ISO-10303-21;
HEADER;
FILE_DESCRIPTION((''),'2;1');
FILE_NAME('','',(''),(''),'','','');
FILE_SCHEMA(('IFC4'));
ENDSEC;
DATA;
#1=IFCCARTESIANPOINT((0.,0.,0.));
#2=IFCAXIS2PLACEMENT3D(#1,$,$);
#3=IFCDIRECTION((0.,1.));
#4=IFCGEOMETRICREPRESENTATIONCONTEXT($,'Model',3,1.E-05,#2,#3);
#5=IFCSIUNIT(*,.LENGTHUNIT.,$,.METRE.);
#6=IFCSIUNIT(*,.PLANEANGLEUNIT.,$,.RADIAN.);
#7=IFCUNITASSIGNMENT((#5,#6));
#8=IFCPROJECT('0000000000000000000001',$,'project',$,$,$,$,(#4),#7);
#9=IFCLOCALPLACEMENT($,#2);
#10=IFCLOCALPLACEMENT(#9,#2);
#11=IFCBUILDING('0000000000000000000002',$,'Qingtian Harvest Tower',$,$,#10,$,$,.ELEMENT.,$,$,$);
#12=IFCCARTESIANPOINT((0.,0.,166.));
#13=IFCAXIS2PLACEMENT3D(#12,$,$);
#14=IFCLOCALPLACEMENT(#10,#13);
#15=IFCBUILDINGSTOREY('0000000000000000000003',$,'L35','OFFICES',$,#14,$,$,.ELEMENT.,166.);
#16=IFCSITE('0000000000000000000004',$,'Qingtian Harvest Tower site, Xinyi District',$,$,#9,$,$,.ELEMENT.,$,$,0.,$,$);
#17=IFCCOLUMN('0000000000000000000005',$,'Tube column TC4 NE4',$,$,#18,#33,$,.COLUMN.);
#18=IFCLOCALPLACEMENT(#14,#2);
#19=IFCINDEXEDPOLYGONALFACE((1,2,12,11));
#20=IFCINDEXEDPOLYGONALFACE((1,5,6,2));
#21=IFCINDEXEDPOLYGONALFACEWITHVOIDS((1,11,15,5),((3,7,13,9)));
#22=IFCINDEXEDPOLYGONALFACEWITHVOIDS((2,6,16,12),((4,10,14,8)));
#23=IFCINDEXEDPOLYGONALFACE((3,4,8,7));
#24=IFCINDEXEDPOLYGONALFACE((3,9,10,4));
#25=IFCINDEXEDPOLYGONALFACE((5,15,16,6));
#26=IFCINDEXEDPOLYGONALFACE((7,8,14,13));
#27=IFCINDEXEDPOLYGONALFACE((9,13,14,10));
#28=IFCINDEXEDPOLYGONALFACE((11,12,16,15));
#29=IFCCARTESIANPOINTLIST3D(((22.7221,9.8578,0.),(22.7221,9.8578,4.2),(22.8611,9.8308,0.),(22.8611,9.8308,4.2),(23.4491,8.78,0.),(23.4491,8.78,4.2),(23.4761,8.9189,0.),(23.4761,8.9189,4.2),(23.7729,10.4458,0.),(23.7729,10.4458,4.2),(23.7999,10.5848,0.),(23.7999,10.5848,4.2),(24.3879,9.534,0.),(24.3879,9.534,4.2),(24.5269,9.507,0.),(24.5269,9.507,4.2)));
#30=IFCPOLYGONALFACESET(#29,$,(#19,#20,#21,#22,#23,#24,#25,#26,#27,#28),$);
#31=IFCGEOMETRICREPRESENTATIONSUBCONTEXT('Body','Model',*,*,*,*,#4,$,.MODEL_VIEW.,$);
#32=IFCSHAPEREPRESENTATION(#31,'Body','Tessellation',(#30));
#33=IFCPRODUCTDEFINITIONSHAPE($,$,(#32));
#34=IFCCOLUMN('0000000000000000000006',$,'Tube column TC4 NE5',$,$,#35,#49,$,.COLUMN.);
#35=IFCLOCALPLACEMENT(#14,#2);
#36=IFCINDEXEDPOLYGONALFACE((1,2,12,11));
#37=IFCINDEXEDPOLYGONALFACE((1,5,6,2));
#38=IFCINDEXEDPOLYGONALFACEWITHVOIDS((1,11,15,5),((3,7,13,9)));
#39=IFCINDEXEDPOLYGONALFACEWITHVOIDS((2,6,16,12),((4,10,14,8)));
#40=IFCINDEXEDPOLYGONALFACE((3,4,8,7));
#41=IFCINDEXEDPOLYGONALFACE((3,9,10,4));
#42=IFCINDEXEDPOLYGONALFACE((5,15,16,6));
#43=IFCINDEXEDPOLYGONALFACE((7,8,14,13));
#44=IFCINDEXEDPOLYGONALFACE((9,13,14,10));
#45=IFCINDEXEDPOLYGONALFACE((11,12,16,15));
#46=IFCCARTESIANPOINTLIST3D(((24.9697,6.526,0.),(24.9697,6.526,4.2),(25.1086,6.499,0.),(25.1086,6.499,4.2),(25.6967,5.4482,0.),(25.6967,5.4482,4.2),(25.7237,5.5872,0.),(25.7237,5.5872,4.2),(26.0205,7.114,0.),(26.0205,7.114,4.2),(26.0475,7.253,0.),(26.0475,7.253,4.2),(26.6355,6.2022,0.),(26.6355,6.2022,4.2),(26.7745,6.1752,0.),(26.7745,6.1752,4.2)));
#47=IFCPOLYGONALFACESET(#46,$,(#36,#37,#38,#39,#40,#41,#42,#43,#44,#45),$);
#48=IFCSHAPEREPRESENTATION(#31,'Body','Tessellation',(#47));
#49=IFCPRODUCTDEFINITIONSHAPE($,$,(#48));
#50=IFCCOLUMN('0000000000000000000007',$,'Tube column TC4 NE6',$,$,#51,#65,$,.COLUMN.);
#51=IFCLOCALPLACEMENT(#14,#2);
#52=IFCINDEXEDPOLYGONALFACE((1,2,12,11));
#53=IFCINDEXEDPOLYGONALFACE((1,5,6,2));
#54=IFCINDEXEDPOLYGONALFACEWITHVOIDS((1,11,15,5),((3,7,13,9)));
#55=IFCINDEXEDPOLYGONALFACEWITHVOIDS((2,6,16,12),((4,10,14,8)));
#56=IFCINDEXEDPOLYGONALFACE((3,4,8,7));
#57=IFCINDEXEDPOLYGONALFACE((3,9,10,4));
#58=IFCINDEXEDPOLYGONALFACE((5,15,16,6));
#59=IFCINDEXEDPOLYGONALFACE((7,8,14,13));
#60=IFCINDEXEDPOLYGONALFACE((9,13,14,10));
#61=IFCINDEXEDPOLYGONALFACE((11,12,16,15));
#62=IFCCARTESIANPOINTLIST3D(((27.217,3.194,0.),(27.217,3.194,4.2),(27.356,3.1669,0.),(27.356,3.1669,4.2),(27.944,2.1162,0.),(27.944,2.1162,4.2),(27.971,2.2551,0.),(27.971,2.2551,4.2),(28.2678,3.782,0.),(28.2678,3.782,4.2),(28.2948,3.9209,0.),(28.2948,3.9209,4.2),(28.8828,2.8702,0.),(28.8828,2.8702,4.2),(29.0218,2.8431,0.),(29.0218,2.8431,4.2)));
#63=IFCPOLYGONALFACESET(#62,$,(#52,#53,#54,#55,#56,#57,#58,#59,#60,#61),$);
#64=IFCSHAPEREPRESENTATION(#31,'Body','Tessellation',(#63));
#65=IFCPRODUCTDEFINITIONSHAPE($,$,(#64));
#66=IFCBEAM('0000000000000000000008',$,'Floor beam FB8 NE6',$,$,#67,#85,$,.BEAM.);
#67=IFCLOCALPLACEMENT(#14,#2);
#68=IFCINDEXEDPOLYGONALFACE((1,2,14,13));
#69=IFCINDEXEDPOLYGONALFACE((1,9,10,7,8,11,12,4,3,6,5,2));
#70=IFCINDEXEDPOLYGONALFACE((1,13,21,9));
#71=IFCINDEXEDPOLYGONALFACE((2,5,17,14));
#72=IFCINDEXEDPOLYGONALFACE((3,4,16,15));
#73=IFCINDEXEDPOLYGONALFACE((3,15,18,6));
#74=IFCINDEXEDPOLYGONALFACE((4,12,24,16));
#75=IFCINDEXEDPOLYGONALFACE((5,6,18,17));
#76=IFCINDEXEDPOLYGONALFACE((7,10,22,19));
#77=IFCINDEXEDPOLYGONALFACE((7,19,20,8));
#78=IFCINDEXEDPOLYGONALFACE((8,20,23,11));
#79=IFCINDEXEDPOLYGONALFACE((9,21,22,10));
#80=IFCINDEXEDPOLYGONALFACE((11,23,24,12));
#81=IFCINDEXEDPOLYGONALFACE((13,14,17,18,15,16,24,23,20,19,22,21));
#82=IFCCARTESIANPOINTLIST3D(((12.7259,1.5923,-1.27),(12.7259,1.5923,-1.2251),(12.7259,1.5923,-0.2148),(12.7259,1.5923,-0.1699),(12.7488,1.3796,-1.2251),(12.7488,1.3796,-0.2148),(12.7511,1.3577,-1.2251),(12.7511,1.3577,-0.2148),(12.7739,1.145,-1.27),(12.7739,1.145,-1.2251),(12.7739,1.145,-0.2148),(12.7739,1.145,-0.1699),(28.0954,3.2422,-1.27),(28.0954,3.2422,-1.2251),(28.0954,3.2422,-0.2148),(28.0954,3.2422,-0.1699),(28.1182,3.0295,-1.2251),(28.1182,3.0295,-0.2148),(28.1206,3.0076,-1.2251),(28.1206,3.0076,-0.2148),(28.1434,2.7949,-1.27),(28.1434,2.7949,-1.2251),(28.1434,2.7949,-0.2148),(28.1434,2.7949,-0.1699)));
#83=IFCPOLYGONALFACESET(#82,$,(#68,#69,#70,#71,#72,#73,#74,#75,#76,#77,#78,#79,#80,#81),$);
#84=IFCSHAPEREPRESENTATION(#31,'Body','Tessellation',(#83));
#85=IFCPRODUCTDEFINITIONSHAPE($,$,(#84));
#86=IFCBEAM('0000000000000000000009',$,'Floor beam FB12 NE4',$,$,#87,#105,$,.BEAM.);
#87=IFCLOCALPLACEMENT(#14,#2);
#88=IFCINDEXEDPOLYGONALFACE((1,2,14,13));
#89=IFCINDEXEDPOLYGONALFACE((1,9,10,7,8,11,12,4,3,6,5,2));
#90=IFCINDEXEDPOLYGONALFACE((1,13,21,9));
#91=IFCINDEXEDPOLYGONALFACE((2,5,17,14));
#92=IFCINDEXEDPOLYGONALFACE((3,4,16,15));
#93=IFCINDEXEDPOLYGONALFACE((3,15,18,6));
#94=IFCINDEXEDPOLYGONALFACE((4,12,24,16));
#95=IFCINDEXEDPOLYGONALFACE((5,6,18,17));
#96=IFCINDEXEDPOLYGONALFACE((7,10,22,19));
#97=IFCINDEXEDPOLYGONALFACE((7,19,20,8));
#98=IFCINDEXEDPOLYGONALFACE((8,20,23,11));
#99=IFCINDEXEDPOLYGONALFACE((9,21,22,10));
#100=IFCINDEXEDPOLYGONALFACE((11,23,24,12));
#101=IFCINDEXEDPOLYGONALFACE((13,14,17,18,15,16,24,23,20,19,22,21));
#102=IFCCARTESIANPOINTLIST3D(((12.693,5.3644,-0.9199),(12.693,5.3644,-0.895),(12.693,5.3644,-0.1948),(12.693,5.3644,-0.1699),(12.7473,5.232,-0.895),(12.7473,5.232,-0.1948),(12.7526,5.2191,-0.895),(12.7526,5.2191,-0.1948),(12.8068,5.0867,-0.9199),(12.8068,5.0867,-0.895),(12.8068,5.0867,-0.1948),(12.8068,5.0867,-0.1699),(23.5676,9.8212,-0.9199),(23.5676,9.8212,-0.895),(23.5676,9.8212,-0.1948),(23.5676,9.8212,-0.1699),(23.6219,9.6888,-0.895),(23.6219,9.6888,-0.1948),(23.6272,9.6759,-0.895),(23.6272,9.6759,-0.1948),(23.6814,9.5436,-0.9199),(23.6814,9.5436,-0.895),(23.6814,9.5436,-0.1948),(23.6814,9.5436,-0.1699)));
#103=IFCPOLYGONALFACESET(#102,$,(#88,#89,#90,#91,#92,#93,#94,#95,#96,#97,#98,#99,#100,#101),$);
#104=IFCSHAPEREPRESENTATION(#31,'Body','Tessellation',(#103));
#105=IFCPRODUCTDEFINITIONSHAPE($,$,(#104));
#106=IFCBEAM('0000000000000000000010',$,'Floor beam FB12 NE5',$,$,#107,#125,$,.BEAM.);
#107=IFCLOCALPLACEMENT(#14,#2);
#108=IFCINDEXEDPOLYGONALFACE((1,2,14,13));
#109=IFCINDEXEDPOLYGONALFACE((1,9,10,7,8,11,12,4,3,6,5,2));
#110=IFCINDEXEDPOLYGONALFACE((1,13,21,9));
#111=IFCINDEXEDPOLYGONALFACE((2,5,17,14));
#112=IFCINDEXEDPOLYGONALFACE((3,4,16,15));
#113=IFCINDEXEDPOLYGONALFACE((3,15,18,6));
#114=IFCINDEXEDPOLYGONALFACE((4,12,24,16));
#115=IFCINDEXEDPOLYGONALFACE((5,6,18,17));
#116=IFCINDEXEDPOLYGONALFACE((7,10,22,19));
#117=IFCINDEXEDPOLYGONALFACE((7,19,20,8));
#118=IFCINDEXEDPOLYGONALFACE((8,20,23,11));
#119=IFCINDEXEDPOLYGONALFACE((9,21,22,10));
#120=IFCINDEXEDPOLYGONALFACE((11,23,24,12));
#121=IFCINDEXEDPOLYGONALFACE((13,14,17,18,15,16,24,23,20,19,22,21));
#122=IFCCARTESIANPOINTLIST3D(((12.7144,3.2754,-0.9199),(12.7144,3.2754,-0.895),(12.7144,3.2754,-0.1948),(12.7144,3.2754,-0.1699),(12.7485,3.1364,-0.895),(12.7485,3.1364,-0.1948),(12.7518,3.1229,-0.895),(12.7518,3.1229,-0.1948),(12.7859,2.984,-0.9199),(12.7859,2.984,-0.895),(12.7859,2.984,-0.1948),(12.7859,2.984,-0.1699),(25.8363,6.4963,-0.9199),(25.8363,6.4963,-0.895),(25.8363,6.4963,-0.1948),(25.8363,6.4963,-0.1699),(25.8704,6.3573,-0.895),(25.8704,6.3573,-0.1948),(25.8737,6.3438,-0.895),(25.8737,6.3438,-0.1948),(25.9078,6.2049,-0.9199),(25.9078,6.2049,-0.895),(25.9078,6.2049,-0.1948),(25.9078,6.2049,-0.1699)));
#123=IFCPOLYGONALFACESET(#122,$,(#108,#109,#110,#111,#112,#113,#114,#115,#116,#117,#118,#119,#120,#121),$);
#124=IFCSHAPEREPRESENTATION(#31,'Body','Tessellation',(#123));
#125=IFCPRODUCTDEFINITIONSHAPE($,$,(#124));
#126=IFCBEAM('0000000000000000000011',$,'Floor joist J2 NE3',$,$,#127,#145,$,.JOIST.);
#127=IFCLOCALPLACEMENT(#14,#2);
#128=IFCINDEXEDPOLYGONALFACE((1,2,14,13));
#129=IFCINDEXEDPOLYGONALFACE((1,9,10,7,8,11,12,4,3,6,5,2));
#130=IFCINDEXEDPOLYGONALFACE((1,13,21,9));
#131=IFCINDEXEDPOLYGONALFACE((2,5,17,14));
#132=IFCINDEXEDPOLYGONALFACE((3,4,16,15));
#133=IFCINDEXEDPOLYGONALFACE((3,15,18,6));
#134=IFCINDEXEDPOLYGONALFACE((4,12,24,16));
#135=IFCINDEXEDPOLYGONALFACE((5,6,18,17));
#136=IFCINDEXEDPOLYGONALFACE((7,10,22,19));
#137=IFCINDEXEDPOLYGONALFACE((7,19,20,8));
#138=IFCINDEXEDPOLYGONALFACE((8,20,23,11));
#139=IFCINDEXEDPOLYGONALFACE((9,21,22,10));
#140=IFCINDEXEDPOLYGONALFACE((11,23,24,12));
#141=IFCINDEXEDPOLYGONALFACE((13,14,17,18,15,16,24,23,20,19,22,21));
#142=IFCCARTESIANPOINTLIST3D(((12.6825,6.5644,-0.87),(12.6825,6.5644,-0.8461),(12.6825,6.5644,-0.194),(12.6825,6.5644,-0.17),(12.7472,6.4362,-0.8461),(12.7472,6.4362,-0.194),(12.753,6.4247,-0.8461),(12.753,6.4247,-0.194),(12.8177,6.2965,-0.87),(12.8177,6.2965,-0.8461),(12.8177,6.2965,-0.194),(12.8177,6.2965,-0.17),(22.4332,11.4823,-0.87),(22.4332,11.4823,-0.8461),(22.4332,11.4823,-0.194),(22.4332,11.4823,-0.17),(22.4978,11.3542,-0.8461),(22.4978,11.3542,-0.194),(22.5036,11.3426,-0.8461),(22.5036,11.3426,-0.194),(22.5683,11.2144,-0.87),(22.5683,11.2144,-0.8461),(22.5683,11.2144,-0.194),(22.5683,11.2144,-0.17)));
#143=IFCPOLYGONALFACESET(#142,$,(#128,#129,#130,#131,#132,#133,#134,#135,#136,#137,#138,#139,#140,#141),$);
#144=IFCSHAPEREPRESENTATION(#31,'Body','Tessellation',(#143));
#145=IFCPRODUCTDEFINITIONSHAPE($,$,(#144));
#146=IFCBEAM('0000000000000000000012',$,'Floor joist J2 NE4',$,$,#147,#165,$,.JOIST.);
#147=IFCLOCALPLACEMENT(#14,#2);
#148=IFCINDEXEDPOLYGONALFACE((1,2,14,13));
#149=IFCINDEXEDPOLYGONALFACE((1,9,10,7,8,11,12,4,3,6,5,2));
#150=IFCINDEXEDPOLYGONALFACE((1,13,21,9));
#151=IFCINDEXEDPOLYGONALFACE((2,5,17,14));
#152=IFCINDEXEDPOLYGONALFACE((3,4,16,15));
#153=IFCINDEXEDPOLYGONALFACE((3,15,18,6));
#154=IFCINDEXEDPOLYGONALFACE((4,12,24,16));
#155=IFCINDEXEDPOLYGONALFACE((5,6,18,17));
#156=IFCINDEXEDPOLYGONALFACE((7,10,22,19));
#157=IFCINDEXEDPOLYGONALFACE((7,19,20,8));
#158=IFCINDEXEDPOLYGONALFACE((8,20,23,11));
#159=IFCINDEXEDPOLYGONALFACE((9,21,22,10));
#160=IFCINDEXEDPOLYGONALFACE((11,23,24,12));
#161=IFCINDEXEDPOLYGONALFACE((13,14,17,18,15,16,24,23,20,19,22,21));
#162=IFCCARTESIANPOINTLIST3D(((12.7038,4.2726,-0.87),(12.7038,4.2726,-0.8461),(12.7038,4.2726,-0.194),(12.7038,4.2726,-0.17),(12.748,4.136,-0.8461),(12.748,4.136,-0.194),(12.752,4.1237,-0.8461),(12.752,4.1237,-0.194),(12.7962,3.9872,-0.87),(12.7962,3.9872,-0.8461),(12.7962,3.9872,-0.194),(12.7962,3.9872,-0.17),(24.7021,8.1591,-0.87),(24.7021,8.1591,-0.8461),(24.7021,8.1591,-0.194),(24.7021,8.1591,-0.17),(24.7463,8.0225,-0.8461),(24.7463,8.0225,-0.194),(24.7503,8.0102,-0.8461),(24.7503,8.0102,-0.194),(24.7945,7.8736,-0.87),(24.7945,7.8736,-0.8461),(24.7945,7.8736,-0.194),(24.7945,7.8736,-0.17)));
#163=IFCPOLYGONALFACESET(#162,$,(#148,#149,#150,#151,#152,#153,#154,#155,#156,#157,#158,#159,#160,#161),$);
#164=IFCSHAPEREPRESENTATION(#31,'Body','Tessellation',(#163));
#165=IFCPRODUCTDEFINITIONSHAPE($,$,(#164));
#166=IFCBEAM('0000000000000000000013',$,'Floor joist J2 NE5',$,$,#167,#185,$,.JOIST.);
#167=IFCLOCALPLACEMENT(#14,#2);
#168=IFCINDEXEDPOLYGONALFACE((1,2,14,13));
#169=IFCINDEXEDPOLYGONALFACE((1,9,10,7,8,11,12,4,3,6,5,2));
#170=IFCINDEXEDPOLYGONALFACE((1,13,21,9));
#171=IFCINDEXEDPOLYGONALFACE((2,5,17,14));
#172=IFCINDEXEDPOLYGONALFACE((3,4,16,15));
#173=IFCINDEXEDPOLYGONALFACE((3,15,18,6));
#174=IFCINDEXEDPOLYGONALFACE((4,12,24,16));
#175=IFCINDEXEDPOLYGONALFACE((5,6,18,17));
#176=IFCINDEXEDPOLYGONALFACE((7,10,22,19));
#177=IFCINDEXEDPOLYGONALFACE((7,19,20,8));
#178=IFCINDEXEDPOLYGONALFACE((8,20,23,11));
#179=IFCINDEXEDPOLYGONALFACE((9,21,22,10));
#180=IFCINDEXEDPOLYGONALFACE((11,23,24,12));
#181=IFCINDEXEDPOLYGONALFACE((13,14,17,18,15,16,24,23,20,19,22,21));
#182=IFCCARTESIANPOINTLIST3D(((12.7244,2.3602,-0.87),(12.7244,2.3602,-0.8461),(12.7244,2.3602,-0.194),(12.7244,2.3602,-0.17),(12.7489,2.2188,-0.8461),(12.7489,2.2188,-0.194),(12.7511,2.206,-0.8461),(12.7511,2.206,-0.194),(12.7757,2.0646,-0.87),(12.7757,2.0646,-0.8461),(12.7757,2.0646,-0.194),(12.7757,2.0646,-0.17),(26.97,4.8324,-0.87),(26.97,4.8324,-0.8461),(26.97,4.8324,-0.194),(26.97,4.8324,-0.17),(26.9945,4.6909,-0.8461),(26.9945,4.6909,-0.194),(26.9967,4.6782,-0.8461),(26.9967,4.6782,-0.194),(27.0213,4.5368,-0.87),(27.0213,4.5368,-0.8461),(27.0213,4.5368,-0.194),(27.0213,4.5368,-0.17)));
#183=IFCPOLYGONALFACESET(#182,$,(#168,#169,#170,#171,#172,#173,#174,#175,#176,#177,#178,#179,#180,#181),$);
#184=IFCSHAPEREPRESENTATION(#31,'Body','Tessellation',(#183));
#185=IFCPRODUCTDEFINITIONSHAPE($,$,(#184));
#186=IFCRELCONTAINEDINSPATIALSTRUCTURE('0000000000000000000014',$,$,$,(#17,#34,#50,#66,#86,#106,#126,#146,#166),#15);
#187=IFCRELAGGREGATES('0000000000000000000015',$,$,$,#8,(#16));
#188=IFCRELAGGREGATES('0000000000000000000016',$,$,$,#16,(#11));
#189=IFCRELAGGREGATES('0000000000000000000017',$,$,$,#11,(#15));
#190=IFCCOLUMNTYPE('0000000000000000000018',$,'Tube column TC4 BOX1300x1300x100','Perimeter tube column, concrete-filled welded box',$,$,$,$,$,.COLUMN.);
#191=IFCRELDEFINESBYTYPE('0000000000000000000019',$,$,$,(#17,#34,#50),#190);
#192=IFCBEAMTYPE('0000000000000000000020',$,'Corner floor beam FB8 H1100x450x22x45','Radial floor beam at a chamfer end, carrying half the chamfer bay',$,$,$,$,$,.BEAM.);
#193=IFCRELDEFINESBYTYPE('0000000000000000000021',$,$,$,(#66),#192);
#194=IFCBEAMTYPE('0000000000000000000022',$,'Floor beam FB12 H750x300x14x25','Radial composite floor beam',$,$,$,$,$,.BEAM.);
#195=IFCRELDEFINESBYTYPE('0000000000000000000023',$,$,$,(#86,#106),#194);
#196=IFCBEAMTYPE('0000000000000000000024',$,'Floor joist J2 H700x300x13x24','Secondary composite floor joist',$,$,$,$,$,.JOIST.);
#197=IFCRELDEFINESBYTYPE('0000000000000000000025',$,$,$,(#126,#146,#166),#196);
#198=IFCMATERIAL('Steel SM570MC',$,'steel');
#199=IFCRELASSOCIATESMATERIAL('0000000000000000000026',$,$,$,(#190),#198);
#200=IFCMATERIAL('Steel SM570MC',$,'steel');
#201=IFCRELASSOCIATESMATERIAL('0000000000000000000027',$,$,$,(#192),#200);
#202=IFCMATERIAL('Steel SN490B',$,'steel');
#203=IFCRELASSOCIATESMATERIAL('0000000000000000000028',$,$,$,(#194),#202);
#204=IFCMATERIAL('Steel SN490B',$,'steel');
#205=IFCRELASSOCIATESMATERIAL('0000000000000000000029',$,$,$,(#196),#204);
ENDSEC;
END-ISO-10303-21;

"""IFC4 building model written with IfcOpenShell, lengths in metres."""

from ifc_helpers import new_model, si_unit, direction, frame, origin, origin_2d, place, context, subcontext, project, spatial, hollow_rectangle, i_section, extrude, material, material_profile, profile_set, type_object, element, save


model = new_model("IFC4")

# Units and contexts
model_context = context("Model", 3, precision=1e-05, world=origin(), true_north=direction((0.0, 1.0)))
body_context = subcontext(model_context, "Body", "Model", "MODEL_VIEW")
ifc_project = project(units=[si_unit("LENGTHUNIT", "METRE"), si_unit("PLANEANGLEUNIT", "RADIAN")], contexts=[model_context])

# Site, building, storey
site_placement = place(None, origin())
site = spatial("IfcSite", under=ifc_project, at=site_placement, Name="Qingtian Harvest Tower site, Xinyi District", CompositionType="ELEMENT", RefElevation=0.0)
building_placement = place(site_placement, origin())
building = spatial("IfcBuilding", under=site, at=building_placement, Name="Qingtian Harvest Tower", CompositionType="ELEMENT")
storey_placement = place(building_placement, frame((0.0, 0.0, 166.0)))
storey = spatial("IfcBuildingStorey", under=building, at=storey_placement, Name="L35", Description="OFFICES", CompositionType="ELEMENT", Elevation=166.0)

# Columns
ifc_material_1 = material(Name="Steel SM570MC", Category="steel")
ifc_material_profile_1 = material_profile(ifc_material_1, hollow_rectangle(XDim=1.3, YDim=1.3, WallThickness=0.1001, at=origin_2d()), Name="BOX1300x1300x100")
ifc_profile_set_1 = profile_set([ifc_material_profile_1], Name="Steel SM570MC")
column_type = type_object("IfcColumnType", Name="Tube column TC4 BOX1300x1300x100", Description="Perimeter tube column, concrete-filled welded box", PredefinedType="COLUMN", material=ifc_profile_set_1)
for number, where, z_axis, x_axis, name in (
    (1, (23.6245, 9.6824, 0.0), (0.0, 0.0, 1.0), (-0.559193, 0.829038, 0.0), "Tube column TC4 NE4"),
    (2, (25.8721, 6.3506, 0.0), (0.0, 0.0, 1.0), (-0.559193, 0.829038, 0.0), "Tube column TC4 NE5"),
    (3, (28.1194, 3.0186, 0.0), (0.0, 0.0, 1.0), (-0.559193, 0.829038, 0.0), "Tube column TC4 NE6"),
):
    element("IfcColumn", number, at=place(storey_placement, frame(where, z_axis=z_axis, x_axis=x_axis)), inside=storey, type_object=column_type, Name=name, PredefinedType="COLUMN", context=body_context, shape_type="SweptSolid", body=[
        extrude(hollow_rectangle(XDim=1.3, YDim=1.3, WallThickness=0.1001, at=origin_2d()), origin(), (0.0, 0.0, 1.0), 4.2),
    ])

# Beams
ifc_material_2 = material(Name="Steel SM570MC", Category="steel")
ifc_material_profile_2 = material_profile(ifc_material_2, i_section(OverallWidth=0.45, OverallDepth=1.1001, WebThickness=0.022, FlangeThickness=0.0449, at=origin_2d()), Name="H1100x450x22x45")
ifc_profile_set_2 = profile_set([ifc_material_profile_2], Name="Steel SM570MC")
beam_type_1 = type_object("IfcBeamType", Name="Corner floor beam FB8 H1100x450x22x45", Description="Radial floor beam at a chamfer end, carrying half the chamfer bay", PredefinedType="BEAM", material=ifc_profile_set_2)
beam_1_placement = place(storey_placement, frame((28.1194, 3.0186, -0.72), z_axis=(-0.994287, -0.106737, 0.0), x_axis=(0.106737, -0.994287, 0.0)))
element("IfcBeam", 4, at=beam_1_placement, inside=storey, type_object=beam_type_1, Name="Floor beam FB8 NE6", PredefinedType="BEAM", context=body_context, shape_type="SweptSolid", body=[
    extrude(i_section(OverallWidth=0.45, OverallDepth=1.1001, WebThickness=0.022, FlangeThickness=0.0449, at=origin_2d()), origin(), (0.0, 0.0, 1.0), 15.4578),
])
ifc_material_3 = material(Name="Steel SN490B", Category="steel")
ifc_material_profile_3 = material_profile(ifc_material_3, i_section(OverallWidth=0.3, OverallDepth=0.75, WebThickness=0.0139, FlangeThickness=0.0249, at=origin_2d()), Name="H750x300x14x25")
ifc_profile_set_3 = profile_set([ifc_material_profile_3], Name="Steel SN490B")
beam_type_2 = type_object("IfcBeamType", Name="Floor beam FB12 H750x300x14x25", Description="Radial composite floor beam", PredefinedType="BEAM", material=ifc_profile_set_3)
beam_2_placement = place(storey_placement, frame((23.6245, 9.6824, -0.5449), z_axis=(-0.925305, -0.379225, 0.0), x_axis=(0.379225, -0.925305, 0.0)))
element("IfcBeam", 5, at=beam_2_placement, inside=storey, type_object=beam_type_2, Name="Floor beam FB12 NE4", PredefinedType="BEAM", context=body_context, shape_type="SweptSolid", body=[
    extrude(i_section(OverallWidth=0.3, OverallDepth=0.75, WebThickness=0.0139, FlangeThickness=0.0249, at=origin_2d()), origin(), (0.0, 0.0, 1.0), 11.7524),
])
beam_3_placement = place(storey_placement, frame((25.8721, 6.3506, -0.5449), z_axis=(-0.971171, -0.238384, 0.0), x_axis=(0.238384, -0.971171, 0.0)))
element("IfcBeam", 6, at=beam_3_placement, inside=storey, type_object=beam_type_2, Name="Floor beam FB12 NE5", PredefinedType="BEAM", context=body_context, shape_type="SweptSolid", body=[
    extrude(i_section(OverallWidth=0.3, OverallDepth=0.75, WebThickness=0.0139, FlangeThickness=0.0249, at=origin_2d()), origin(), (0.0, 0.0, 1.0), 13.5115),
])
ifc_material_4 = material(Name="Steel SN490B", Category="steel")
ifc_material_profile_4 = material_profile(ifc_material_4, i_section(OverallWidth=0.3, OverallDepth=0.7, WebThickness=0.0129, FlangeThickness=0.0239, at=origin_2d()), Name="H700x300x13x24")
ifc_profile_set_4 = profile_set([ifc_material_profile_4], Name="Steel SN490B")
beam_type_3 = type_object("IfcBeamType", Name="Floor joist J2 H700x300x13x24", Description="Secondary composite floor joist", PredefinedType="JOIST", material=ifc_profile_set_4)
beam_4_placement = place(storey_placement, frame((22.5007, 11.3484, -0.52), z_axis=(-0.892861, -0.450332, 0.0), x_axis=(0.450332, -0.892861, 0.0)))
element("IfcBeam", 7, at=beam_4_placement, inside=storey, type_object=beam_type_3, Name="Floor joist J2 NE3", PredefinedType="JOIST", context=body_context, shape_type="SweptSolid", body=[
    extrude(i_section(OverallWidth=0.3, OverallDepth=0.7, WebThickness=0.0129, FlangeThickness=0.0239, at=origin_2d()), origin(), (0.0, 0.0, 1.0), 10.9207),
])
beam_5_placement = place(storey_placement, frame((24.7483, 8.0164, -0.52), z_axis=(-0.951336, -0.308156, 0.0), x_axis=(0.308156, -0.951336, 0.0)))
element("IfcBeam", 8, at=beam_5_placement, inside=storey, type_object=beam_type_3, Name="Floor joist J2 NE4", PredefinedType="JOIST", context=body_context, shape_type="SweptSolid", body=[
    extrude(i_section(OverallWidth=0.3, OverallDepth=0.7, WebThickness=0.0129, FlangeThickness=0.0239, at=origin_2d()), origin(), (0.0, 0.0, 1.0), 12.6121),
])
beam_6_placement = place(storey_placement, frame((26.9956, 4.6846, -0.52), z_axis=(-0.985274, -0.170983, 0.0), x_axis=(0.170983, -0.985274, 0.0)))
element("IfcBeam", 9, at=beam_6_placement, inside=storey, type_object=beam_type_3, Name="Floor joist J2 NE5", PredefinedType="JOIST", context=body_context, shape_type="SweptSolid", body=[
    extrude(i_section(OverallWidth=0.3, OverallDepth=0.7, WebThickness=0.0129, FlangeThickness=0.0239, at=origin_2d()), origin(), (0.0, 0.0, 1.0), 14.4585),
])

save(model, "model.ifc")
